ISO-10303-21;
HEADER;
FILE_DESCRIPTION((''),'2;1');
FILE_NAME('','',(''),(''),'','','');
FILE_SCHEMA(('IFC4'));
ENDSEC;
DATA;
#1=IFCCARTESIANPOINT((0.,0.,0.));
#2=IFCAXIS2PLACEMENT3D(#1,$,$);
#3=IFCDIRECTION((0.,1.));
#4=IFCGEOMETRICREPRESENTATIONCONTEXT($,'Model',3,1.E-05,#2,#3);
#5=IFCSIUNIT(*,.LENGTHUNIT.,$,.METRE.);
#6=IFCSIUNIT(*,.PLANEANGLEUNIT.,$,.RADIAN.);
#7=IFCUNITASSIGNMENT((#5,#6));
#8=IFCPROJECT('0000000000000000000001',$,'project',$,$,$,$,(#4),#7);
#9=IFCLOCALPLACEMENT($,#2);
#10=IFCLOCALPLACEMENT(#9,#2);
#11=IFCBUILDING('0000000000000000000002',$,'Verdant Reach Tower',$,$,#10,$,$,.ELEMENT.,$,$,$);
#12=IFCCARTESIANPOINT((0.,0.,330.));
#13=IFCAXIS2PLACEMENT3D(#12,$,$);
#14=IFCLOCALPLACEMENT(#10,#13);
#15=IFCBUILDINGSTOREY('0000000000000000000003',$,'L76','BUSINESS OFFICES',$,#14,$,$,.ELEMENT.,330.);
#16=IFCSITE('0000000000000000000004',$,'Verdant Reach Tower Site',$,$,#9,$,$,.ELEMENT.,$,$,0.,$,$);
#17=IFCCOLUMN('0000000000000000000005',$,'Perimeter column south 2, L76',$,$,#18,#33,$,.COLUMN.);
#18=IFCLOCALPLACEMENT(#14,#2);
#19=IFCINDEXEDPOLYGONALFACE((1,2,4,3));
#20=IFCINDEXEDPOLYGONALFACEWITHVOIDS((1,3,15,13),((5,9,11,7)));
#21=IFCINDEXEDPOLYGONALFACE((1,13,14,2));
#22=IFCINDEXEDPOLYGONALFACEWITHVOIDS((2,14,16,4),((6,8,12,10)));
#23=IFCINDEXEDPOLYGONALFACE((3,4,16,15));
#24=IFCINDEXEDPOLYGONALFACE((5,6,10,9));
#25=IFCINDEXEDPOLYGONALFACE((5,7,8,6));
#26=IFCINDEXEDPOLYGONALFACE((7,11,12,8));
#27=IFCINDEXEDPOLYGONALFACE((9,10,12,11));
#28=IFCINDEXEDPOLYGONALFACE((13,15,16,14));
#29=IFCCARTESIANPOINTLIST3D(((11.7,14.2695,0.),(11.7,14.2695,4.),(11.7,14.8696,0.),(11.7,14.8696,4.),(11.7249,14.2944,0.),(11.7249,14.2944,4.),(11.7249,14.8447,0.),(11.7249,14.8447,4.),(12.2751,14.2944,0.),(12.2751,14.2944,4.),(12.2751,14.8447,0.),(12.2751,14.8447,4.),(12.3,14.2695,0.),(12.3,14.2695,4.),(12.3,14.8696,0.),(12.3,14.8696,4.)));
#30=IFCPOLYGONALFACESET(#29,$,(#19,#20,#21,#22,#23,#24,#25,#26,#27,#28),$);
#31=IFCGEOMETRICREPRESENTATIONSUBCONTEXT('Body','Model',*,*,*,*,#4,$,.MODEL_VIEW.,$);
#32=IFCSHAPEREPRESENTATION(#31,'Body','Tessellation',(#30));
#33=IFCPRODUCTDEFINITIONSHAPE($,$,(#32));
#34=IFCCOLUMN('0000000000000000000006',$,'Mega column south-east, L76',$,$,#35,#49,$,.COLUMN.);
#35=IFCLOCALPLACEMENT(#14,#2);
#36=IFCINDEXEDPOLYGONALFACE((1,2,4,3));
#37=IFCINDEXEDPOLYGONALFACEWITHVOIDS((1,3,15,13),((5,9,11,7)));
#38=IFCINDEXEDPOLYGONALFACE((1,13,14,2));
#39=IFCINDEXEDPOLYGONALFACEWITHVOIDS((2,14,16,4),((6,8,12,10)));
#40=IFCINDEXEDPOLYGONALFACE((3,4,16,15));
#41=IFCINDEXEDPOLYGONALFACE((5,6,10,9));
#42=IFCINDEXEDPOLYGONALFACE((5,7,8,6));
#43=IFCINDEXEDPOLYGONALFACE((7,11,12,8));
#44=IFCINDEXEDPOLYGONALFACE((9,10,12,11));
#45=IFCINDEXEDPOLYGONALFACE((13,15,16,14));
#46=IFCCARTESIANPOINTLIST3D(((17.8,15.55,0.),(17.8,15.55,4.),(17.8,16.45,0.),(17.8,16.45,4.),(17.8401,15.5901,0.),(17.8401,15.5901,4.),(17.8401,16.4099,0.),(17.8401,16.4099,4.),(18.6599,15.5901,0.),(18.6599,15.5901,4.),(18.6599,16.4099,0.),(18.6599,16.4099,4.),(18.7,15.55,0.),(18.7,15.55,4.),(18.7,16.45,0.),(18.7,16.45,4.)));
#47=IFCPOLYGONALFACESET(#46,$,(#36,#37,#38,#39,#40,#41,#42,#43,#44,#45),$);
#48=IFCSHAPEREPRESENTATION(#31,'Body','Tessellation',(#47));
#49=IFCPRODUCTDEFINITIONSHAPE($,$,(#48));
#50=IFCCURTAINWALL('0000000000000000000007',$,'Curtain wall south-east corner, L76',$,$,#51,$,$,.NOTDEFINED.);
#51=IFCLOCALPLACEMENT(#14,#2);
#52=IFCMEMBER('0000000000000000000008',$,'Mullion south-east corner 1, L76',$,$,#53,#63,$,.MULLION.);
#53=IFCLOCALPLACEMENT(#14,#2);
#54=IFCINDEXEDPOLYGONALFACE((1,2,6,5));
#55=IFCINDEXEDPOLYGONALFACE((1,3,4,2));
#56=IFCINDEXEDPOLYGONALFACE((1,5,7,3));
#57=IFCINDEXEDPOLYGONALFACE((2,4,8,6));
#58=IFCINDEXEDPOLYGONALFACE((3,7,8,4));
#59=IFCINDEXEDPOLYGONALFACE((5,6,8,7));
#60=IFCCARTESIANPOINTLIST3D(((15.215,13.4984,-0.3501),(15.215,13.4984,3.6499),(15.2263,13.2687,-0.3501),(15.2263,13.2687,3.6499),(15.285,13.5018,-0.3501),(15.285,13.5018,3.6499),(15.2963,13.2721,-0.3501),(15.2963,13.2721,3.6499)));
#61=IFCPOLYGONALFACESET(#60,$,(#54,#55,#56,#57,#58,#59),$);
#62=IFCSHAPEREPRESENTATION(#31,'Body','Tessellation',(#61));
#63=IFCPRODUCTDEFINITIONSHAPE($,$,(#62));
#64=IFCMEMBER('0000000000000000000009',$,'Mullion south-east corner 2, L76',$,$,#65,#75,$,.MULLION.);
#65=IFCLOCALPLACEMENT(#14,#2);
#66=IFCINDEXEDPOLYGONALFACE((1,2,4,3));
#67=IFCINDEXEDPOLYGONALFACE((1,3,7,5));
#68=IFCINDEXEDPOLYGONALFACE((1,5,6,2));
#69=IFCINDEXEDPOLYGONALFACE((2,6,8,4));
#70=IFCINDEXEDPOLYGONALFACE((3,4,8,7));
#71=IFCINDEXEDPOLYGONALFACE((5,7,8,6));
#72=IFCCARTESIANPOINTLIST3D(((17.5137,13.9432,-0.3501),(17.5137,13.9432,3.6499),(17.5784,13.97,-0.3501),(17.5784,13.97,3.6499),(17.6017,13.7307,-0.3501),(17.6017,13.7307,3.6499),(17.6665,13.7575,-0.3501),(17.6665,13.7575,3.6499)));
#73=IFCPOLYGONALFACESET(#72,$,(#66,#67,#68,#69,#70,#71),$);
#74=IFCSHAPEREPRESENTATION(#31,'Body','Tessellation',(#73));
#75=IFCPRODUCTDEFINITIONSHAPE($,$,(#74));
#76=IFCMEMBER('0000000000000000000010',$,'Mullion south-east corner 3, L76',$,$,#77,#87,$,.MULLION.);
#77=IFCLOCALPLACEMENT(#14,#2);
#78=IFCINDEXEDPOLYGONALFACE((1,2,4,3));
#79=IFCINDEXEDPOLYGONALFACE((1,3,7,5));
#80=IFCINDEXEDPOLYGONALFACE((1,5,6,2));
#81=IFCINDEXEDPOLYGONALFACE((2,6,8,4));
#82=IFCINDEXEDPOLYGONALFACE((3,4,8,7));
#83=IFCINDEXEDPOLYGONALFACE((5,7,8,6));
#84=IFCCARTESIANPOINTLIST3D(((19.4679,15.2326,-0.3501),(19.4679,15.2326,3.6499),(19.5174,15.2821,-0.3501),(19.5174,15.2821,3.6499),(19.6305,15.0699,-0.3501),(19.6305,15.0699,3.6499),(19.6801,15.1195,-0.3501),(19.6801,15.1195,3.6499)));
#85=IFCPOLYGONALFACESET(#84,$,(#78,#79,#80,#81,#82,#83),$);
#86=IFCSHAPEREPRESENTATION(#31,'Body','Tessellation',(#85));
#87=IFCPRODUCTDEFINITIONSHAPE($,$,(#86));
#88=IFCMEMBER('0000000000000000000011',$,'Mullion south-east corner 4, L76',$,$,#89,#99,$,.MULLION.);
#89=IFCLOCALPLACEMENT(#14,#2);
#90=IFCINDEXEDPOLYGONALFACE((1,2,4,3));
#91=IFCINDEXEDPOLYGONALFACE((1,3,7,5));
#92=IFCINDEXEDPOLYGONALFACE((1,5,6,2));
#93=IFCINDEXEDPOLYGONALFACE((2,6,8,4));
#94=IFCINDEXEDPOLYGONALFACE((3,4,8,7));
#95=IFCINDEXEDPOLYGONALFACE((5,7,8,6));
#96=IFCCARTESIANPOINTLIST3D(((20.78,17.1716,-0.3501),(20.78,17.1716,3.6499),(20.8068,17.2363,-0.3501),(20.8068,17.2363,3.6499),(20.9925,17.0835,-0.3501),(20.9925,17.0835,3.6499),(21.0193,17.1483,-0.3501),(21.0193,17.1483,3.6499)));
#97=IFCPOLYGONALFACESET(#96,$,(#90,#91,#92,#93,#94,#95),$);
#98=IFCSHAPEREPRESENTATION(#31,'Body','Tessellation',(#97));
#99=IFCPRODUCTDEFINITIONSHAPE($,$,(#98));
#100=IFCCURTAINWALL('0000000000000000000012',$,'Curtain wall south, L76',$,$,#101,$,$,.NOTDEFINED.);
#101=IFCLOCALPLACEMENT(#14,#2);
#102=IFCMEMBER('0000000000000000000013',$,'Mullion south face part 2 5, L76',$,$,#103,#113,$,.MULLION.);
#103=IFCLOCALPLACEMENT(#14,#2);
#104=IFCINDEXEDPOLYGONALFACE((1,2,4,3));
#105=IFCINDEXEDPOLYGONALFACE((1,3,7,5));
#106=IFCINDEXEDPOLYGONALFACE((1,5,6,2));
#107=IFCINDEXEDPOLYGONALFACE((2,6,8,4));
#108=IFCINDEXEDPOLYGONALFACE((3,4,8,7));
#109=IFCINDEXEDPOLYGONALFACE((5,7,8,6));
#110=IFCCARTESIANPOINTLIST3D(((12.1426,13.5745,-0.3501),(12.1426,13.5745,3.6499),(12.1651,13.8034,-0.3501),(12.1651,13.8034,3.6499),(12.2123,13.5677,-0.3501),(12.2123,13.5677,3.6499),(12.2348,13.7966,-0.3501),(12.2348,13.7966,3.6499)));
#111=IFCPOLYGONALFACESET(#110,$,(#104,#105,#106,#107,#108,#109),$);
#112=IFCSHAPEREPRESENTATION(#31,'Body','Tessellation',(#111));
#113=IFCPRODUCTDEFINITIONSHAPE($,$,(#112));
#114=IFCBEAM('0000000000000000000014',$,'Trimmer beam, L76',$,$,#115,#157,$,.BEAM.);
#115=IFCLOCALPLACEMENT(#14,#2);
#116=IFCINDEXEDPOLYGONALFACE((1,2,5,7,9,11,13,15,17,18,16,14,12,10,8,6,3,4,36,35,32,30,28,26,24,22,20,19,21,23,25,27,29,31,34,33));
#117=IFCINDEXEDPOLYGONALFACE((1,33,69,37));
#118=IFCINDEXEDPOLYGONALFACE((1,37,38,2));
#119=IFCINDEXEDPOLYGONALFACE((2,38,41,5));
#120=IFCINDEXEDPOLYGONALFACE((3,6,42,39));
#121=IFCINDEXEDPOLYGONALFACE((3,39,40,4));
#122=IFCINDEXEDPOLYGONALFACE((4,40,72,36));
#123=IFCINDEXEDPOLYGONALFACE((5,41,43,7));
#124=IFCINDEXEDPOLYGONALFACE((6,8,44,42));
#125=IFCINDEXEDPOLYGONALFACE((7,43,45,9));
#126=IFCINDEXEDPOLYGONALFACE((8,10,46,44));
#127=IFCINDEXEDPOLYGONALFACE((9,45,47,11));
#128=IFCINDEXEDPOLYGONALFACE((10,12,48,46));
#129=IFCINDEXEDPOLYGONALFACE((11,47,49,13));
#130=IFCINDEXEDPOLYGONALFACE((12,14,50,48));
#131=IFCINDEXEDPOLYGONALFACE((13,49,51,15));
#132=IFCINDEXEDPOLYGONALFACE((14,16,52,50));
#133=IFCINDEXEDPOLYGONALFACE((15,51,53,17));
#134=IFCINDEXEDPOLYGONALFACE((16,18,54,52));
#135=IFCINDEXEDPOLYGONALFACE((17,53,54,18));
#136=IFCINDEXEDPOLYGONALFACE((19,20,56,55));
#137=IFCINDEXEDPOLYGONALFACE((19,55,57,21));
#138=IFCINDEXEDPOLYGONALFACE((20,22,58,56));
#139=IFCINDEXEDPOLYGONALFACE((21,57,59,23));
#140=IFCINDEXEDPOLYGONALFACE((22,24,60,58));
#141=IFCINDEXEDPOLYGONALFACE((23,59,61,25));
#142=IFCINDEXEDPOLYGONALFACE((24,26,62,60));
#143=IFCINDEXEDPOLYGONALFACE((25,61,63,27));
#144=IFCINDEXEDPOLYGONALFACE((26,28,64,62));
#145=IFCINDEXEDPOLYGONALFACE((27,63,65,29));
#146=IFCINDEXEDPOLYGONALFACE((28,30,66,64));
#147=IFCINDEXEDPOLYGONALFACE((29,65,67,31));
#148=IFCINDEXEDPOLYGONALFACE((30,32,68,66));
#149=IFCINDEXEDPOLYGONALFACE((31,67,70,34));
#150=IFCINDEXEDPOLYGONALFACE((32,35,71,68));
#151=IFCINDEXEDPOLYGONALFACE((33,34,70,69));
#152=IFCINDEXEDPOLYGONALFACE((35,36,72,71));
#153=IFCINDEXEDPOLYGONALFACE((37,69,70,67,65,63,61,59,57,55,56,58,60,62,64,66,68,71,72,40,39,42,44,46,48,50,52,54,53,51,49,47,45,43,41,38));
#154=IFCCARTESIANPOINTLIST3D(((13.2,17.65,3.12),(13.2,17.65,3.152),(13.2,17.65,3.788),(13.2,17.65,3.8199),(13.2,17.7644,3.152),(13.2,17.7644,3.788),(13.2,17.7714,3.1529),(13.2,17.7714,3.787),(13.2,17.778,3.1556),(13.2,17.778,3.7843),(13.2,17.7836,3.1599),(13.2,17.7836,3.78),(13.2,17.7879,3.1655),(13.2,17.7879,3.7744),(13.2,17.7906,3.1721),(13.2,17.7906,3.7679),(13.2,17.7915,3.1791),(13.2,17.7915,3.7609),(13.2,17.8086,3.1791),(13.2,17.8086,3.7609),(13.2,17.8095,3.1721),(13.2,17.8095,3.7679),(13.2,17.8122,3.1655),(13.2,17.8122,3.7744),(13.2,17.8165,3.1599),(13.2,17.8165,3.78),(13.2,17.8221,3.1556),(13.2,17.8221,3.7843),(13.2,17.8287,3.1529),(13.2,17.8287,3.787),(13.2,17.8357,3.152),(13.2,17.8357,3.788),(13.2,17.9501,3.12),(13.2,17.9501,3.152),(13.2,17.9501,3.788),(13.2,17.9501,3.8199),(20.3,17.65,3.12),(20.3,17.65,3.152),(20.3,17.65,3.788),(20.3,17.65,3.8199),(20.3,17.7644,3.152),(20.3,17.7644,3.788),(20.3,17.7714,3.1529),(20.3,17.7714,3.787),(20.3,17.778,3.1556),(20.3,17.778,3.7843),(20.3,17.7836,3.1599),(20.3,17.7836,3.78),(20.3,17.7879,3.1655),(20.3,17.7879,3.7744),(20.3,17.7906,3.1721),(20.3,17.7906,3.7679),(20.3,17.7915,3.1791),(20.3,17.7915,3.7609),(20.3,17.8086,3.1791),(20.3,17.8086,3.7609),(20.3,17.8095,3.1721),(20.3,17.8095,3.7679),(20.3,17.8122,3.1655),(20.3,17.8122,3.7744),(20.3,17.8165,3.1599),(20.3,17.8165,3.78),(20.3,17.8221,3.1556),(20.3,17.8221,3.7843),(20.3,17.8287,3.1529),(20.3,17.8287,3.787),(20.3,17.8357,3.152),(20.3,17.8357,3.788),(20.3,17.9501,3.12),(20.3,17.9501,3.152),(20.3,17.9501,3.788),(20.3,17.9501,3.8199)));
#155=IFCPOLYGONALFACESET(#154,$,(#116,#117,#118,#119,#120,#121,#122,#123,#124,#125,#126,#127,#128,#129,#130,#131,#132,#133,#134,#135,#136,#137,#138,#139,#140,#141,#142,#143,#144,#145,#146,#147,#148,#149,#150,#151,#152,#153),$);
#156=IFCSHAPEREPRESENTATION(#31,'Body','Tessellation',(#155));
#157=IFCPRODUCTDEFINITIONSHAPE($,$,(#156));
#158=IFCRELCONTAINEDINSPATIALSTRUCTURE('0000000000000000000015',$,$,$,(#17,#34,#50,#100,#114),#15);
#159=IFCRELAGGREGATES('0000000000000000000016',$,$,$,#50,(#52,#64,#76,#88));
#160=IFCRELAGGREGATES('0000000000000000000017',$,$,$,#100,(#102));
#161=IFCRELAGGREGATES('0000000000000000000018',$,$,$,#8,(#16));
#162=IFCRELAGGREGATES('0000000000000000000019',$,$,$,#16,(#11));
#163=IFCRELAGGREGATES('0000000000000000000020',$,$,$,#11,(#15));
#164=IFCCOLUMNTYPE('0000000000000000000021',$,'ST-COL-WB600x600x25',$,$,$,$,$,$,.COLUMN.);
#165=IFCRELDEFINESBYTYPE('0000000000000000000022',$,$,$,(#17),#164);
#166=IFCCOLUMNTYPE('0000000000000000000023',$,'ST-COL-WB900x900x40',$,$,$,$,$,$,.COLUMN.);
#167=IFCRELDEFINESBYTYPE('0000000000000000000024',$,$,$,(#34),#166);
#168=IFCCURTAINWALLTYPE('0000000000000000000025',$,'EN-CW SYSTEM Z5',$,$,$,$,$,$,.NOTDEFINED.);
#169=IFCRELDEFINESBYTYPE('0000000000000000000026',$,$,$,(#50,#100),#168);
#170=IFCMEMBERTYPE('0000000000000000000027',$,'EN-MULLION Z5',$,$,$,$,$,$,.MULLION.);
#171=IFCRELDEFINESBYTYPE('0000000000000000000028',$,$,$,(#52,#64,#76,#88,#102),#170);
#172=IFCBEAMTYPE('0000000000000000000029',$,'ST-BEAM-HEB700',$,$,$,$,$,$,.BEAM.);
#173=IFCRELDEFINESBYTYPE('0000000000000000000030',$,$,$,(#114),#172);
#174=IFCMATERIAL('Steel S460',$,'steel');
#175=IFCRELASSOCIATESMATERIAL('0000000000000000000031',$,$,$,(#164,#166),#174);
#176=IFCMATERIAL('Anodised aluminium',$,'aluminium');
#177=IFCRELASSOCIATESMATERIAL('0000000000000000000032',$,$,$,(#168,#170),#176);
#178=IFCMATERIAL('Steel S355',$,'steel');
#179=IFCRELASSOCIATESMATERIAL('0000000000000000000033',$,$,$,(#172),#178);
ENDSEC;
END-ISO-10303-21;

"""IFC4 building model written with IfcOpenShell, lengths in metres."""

from ifc_helpers import new_model, si_unit, direction, frame, origin, origin_2d, place, context, subcontext, project, spatial, rectangle, hollow_rectangle, i_section, extrude, material, material_profile, profile_set, type_object, element, aggregate, save


model = new_model("IFC4")

# Units and contexts
model_context = context("Model", 3, precision=1e-05, world=origin(), true_north=direction((0.0, 1.0)))
body_context = subcontext(model_context, "Body", "Model", "MODEL_VIEW")
ifc_project = project(units=[si_unit("LENGTHUNIT", "METRE"), si_unit("PLANEANGLEUNIT", "RADIAN")], contexts=[model_context])

# Site, building, storey
site_placement = place(None, origin())
site = spatial("IfcSite", under=ifc_project, at=site_placement, Name="Verdant Reach Tower Site", CompositionType="ELEMENT", RefElevation=0.0)
building_placement = place(site_placement, origin())
building = spatial("IfcBuilding", under=site, at=building_placement, Name="Verdant Reach Tower", CompositionType="ELEMENT")
storey_placement = place(building_placement, frame((0.0, 0.0, 330.0)))
storey = spatial("IfcBuildingStorey", under=building, at=storey_placement, Name="L76", Description="BUSINESS OFFICES", CompositionType="ELEMENT", Elevation=330.0)

# Columns
ifc_material_1 = material(Name="Steel S460", Category="steel")
ifc_material_profile_1 = material_profile(ifc_material_1, hollow_rectangle(XDim=0.6001, YDim=0.6001, WallThickness=0.0249, at=origin_2d()), Name="WB 600x600x25")
ifc_profile_set_1 = profile_set([ifc_material_profile_1], Name="Steel S460")
column_type_1 = type_object("IfcColumnType", Name="ST-COL-WB600x600x25", PredefinedType="COLUMN", material=ifc_profile_set_1)
column_1_placement = place(storey_placement, frame((12.0, 14.5696, 0.0), z_axis=(0.0, 0.0, 1.0), x_axis=(1.0, 0.0, 0.0)))
element("IfcColumn", 1, at=column_1_placement, inside=storey, type_object=column_type_1, Name="Perimeter column south 2, L76", PredefinedType="COLUMN", context=body_context, shape_type="SweptSolid", body=[
    extrude(hollow_rectangle(XDim=0.6001, YDim=0.6001, WallThickness=0.0249, at=origin_2d()), origin(), (0.0, 0.0, 1.0), 4.0),
])
ifc_material_profile_2 = material_profile(ifc_material_1, hollow_rectangle(XDim=0.8999, YDim=0.8999, WallThickness=0.04, at=origin_2d()), Name="WB 900x900x40")
ifc_profile_set_2 = profile_set([ifc_material_profile_2], Name="Steel S460")
column_type_2 = type_object("IfcColumnType", Name="ST-COL-WB900x900x40", PredefinedType="COLUMN", material=ifc_profile_set_2)
column_2_placement = place(storey_placement, frame((18.25, 16.0, 0.0), z_axis=(0.0, 0.0, 1.0), x_axis=(1.0, 0.0, 0.0)))
element("IfcColumn", 2, at=column_2_placement, inside=storey, type_object=column_type_2, Name="Mega column south-east, L76", PredefinedType="COLUMN", context=body_context, shape_type="SweptSolid", body=[
    extrude(hollow_rectangle(XDim=0.8999, YDim=0.8999, WallThickness=0.04, at=origin_2d()), origin(), (0.0, 0.0, 1.0), 4.0),
])

# Curtain wall, members
ifc_material_2 = material(Name="Anodised aluminium", Category="aluminium")
curtain_wall_type = type_object("IfcCurtainWallType", Name="EN-CW SYSTEM Z5", PredefinedType="NOTDEFINED", material=ifc_material_2)
curtain_wall_1_placement = place(storey_placement, origin())
curtain_wall_1 = element("IfcCurtainWall", 3, at=curtain_wall_1_placement, inside=storey, type_object=curtain_wall_type, Name="Curtain wall south-east corner, L76", PredefinedType="NOTDEFINED")
ifc_material_profile_3 = material_profile(ifc_material_2, rectangle(XDim=0.23, YDim=0.0701, at=origin_2d()), Name="Mullion 70x230")
ifc_profile_set_3 = profile_set([ifc_material_profile_3], Name="Anodised aluminium")
member_type = type_object("IfcMemberType", Name="EN-MULLION Z5", PredefinedType="MULLION", material=ifc_profile_set_3)
member_1_placement = place(storey_placement, frame((15.2556, 13.3853, -0.3501), z_axis=(0.0, 0.0, 1.0), x_axis=(0.049128, -0.998793, 0.0)))
member_1 = element("IfcMember", 4, at=member_1_placement, type_object=member_type, Name="Mullion south-east corner 1, L76", PredefinedType="MULLION", context=body_context, shape_type="SweptSolid", body=[
    extrude(rectangle(XDim=0.23, YDim=0.0701, at=origin_2d()), origin(), (0.0, 0.0, 1.0), 4.0),
])
member_2_placement = place(storey_placement, frame((17.5901, 13.8503, -0.3501), z_axis=(0.0, 0.0, 1.0), x_axis=(0.382694, -0.923875, 0.0)))
member_2 = element("IfcMember", 5, at=member_2_placement, type_object=member_type, Name="Mullion south-east corner 2, L76", PredefinedType="MULLION", context=body_context, shape_type="SweptSolid", body=[
    extrude(rectangle(XDim=0.23, YDim=0.0701, at=origin_2d()), origin(), (0.0, 0.0, 1.0), 4.0),
])
member_3_placement = place(storey_placement, frame((19.574, 15.176, -0.3501), z_axis=(0.0, 0.0, 1.0), x_axis=(0.707107, -0.707107, 0.0)))
member_3 = element("IfcMember", 6, at=member_3_placement, type_object=member_type, Name="Mullion south-east corner 3, L76", PredefinedType="MULLION", context=body_context, shape_type="SweptSolid", body=[
    extrude(rectangle(XDim=0.23, YDim=0.0701, at=origin_2d()), origin(), (0.0, 0.0, 1.0), 4.0),
])
member_4_placement = place(storey_placement, frame((20.8997, 17.1599, -0.3501), z_axis=(0.0, 0.0, 1.0), x_axis=(0.923875, -0.382694, 0.0)))
member_4 = element("IfcMember", 7, at=member_4_placement, type_object=member_type, Name="Mullion south-east corner 4, L76", PredefinedType="MULLION", context=body_context, shape_type="SweptSolid", body=[
    extrude(rectangle(XDim=0.23, YDim=0.0701, at=origin_2d()), origin(), (0.0, 0.0, 1.0), 4.0),
])

# Curtain wall, member
curtain_wall_2_placement = place(storey_placement, origin())
curtain_wall_2 = element("IfcCurtainWall", 8, at=curtain_wall_2_placement, inside=storey, type_object=curtain_wall_type, Name="Curtain wall south, L76", PredefinedType="NOTDEFINED")
member_5_placement = place(storey_placement, frame((12.1887, 13.6855, -0.3501), z_axis=(0.0, 0.0, 1.0), x_axis=(-0.097888, -0.995197, 0.0)))
member_5 = element("IfcMember", 9, at=member_5_placement, type_object=member_type, Name="Mullion south face part 2 5, L76", PredefinedType="MULLION", context=body_context, shape_type="SweptSolid", body=[
    extrude(rectangle(XDim=0.23, YDim=0.0701, at=origin_2d()), origin(), (0.0, 0.0, 1.0), 4.0),
])

# Beam
ifc_material_3 = material(Name="Steel S355", Category="steel")
ifc_material_profile_4 = material_profile(ifc_material_3, i_section(OverallWidth=0.3, OverallDepth=0.7, WebThickness=0.0171, FlangeThickness=0.032, FilletRadius=0.0271, at=origin_2d()), Name="HEB 700")
ifc_profile_set_4 = profile_set([ifc_material_profile_4], Name="Steel S355")
beam_type_1 = type_object("IfcBeamType", Name="ST-BEAM-HEB700", PredefinedType="BEAM", material=ifc_profile_set_4)
beam_1_placement = place(storey_placement, frame((13.2, 17.8, 3.47), z_axis=(1.0, 0.0, 0.0), x_axis=(0.0, 1.0, 0.0)))
element("IfcBeam", 10, at=beam_1_placement, inside=storey, type_object=beam_type_1, Name="Trimmer beam, L76", PredefinedType="BEAM", context=body_context, shape_type="SweptSolid", body=[
    extrude(i_section(OverallWidth=0.3, OverallDepth=0.7, WebThickness=0.0171, FlangeThickness=0.032, FilletRadius=0.0271, at=origin_2d()), origin(), (0.0, 0.0, 1.0), 7.1001),
])

aggregate(curtain_wall_1, [member_1, member_2, member_3, member_4])
aggregate(curtain_wall_2, [member_5])

save(model, "model.ifc")
